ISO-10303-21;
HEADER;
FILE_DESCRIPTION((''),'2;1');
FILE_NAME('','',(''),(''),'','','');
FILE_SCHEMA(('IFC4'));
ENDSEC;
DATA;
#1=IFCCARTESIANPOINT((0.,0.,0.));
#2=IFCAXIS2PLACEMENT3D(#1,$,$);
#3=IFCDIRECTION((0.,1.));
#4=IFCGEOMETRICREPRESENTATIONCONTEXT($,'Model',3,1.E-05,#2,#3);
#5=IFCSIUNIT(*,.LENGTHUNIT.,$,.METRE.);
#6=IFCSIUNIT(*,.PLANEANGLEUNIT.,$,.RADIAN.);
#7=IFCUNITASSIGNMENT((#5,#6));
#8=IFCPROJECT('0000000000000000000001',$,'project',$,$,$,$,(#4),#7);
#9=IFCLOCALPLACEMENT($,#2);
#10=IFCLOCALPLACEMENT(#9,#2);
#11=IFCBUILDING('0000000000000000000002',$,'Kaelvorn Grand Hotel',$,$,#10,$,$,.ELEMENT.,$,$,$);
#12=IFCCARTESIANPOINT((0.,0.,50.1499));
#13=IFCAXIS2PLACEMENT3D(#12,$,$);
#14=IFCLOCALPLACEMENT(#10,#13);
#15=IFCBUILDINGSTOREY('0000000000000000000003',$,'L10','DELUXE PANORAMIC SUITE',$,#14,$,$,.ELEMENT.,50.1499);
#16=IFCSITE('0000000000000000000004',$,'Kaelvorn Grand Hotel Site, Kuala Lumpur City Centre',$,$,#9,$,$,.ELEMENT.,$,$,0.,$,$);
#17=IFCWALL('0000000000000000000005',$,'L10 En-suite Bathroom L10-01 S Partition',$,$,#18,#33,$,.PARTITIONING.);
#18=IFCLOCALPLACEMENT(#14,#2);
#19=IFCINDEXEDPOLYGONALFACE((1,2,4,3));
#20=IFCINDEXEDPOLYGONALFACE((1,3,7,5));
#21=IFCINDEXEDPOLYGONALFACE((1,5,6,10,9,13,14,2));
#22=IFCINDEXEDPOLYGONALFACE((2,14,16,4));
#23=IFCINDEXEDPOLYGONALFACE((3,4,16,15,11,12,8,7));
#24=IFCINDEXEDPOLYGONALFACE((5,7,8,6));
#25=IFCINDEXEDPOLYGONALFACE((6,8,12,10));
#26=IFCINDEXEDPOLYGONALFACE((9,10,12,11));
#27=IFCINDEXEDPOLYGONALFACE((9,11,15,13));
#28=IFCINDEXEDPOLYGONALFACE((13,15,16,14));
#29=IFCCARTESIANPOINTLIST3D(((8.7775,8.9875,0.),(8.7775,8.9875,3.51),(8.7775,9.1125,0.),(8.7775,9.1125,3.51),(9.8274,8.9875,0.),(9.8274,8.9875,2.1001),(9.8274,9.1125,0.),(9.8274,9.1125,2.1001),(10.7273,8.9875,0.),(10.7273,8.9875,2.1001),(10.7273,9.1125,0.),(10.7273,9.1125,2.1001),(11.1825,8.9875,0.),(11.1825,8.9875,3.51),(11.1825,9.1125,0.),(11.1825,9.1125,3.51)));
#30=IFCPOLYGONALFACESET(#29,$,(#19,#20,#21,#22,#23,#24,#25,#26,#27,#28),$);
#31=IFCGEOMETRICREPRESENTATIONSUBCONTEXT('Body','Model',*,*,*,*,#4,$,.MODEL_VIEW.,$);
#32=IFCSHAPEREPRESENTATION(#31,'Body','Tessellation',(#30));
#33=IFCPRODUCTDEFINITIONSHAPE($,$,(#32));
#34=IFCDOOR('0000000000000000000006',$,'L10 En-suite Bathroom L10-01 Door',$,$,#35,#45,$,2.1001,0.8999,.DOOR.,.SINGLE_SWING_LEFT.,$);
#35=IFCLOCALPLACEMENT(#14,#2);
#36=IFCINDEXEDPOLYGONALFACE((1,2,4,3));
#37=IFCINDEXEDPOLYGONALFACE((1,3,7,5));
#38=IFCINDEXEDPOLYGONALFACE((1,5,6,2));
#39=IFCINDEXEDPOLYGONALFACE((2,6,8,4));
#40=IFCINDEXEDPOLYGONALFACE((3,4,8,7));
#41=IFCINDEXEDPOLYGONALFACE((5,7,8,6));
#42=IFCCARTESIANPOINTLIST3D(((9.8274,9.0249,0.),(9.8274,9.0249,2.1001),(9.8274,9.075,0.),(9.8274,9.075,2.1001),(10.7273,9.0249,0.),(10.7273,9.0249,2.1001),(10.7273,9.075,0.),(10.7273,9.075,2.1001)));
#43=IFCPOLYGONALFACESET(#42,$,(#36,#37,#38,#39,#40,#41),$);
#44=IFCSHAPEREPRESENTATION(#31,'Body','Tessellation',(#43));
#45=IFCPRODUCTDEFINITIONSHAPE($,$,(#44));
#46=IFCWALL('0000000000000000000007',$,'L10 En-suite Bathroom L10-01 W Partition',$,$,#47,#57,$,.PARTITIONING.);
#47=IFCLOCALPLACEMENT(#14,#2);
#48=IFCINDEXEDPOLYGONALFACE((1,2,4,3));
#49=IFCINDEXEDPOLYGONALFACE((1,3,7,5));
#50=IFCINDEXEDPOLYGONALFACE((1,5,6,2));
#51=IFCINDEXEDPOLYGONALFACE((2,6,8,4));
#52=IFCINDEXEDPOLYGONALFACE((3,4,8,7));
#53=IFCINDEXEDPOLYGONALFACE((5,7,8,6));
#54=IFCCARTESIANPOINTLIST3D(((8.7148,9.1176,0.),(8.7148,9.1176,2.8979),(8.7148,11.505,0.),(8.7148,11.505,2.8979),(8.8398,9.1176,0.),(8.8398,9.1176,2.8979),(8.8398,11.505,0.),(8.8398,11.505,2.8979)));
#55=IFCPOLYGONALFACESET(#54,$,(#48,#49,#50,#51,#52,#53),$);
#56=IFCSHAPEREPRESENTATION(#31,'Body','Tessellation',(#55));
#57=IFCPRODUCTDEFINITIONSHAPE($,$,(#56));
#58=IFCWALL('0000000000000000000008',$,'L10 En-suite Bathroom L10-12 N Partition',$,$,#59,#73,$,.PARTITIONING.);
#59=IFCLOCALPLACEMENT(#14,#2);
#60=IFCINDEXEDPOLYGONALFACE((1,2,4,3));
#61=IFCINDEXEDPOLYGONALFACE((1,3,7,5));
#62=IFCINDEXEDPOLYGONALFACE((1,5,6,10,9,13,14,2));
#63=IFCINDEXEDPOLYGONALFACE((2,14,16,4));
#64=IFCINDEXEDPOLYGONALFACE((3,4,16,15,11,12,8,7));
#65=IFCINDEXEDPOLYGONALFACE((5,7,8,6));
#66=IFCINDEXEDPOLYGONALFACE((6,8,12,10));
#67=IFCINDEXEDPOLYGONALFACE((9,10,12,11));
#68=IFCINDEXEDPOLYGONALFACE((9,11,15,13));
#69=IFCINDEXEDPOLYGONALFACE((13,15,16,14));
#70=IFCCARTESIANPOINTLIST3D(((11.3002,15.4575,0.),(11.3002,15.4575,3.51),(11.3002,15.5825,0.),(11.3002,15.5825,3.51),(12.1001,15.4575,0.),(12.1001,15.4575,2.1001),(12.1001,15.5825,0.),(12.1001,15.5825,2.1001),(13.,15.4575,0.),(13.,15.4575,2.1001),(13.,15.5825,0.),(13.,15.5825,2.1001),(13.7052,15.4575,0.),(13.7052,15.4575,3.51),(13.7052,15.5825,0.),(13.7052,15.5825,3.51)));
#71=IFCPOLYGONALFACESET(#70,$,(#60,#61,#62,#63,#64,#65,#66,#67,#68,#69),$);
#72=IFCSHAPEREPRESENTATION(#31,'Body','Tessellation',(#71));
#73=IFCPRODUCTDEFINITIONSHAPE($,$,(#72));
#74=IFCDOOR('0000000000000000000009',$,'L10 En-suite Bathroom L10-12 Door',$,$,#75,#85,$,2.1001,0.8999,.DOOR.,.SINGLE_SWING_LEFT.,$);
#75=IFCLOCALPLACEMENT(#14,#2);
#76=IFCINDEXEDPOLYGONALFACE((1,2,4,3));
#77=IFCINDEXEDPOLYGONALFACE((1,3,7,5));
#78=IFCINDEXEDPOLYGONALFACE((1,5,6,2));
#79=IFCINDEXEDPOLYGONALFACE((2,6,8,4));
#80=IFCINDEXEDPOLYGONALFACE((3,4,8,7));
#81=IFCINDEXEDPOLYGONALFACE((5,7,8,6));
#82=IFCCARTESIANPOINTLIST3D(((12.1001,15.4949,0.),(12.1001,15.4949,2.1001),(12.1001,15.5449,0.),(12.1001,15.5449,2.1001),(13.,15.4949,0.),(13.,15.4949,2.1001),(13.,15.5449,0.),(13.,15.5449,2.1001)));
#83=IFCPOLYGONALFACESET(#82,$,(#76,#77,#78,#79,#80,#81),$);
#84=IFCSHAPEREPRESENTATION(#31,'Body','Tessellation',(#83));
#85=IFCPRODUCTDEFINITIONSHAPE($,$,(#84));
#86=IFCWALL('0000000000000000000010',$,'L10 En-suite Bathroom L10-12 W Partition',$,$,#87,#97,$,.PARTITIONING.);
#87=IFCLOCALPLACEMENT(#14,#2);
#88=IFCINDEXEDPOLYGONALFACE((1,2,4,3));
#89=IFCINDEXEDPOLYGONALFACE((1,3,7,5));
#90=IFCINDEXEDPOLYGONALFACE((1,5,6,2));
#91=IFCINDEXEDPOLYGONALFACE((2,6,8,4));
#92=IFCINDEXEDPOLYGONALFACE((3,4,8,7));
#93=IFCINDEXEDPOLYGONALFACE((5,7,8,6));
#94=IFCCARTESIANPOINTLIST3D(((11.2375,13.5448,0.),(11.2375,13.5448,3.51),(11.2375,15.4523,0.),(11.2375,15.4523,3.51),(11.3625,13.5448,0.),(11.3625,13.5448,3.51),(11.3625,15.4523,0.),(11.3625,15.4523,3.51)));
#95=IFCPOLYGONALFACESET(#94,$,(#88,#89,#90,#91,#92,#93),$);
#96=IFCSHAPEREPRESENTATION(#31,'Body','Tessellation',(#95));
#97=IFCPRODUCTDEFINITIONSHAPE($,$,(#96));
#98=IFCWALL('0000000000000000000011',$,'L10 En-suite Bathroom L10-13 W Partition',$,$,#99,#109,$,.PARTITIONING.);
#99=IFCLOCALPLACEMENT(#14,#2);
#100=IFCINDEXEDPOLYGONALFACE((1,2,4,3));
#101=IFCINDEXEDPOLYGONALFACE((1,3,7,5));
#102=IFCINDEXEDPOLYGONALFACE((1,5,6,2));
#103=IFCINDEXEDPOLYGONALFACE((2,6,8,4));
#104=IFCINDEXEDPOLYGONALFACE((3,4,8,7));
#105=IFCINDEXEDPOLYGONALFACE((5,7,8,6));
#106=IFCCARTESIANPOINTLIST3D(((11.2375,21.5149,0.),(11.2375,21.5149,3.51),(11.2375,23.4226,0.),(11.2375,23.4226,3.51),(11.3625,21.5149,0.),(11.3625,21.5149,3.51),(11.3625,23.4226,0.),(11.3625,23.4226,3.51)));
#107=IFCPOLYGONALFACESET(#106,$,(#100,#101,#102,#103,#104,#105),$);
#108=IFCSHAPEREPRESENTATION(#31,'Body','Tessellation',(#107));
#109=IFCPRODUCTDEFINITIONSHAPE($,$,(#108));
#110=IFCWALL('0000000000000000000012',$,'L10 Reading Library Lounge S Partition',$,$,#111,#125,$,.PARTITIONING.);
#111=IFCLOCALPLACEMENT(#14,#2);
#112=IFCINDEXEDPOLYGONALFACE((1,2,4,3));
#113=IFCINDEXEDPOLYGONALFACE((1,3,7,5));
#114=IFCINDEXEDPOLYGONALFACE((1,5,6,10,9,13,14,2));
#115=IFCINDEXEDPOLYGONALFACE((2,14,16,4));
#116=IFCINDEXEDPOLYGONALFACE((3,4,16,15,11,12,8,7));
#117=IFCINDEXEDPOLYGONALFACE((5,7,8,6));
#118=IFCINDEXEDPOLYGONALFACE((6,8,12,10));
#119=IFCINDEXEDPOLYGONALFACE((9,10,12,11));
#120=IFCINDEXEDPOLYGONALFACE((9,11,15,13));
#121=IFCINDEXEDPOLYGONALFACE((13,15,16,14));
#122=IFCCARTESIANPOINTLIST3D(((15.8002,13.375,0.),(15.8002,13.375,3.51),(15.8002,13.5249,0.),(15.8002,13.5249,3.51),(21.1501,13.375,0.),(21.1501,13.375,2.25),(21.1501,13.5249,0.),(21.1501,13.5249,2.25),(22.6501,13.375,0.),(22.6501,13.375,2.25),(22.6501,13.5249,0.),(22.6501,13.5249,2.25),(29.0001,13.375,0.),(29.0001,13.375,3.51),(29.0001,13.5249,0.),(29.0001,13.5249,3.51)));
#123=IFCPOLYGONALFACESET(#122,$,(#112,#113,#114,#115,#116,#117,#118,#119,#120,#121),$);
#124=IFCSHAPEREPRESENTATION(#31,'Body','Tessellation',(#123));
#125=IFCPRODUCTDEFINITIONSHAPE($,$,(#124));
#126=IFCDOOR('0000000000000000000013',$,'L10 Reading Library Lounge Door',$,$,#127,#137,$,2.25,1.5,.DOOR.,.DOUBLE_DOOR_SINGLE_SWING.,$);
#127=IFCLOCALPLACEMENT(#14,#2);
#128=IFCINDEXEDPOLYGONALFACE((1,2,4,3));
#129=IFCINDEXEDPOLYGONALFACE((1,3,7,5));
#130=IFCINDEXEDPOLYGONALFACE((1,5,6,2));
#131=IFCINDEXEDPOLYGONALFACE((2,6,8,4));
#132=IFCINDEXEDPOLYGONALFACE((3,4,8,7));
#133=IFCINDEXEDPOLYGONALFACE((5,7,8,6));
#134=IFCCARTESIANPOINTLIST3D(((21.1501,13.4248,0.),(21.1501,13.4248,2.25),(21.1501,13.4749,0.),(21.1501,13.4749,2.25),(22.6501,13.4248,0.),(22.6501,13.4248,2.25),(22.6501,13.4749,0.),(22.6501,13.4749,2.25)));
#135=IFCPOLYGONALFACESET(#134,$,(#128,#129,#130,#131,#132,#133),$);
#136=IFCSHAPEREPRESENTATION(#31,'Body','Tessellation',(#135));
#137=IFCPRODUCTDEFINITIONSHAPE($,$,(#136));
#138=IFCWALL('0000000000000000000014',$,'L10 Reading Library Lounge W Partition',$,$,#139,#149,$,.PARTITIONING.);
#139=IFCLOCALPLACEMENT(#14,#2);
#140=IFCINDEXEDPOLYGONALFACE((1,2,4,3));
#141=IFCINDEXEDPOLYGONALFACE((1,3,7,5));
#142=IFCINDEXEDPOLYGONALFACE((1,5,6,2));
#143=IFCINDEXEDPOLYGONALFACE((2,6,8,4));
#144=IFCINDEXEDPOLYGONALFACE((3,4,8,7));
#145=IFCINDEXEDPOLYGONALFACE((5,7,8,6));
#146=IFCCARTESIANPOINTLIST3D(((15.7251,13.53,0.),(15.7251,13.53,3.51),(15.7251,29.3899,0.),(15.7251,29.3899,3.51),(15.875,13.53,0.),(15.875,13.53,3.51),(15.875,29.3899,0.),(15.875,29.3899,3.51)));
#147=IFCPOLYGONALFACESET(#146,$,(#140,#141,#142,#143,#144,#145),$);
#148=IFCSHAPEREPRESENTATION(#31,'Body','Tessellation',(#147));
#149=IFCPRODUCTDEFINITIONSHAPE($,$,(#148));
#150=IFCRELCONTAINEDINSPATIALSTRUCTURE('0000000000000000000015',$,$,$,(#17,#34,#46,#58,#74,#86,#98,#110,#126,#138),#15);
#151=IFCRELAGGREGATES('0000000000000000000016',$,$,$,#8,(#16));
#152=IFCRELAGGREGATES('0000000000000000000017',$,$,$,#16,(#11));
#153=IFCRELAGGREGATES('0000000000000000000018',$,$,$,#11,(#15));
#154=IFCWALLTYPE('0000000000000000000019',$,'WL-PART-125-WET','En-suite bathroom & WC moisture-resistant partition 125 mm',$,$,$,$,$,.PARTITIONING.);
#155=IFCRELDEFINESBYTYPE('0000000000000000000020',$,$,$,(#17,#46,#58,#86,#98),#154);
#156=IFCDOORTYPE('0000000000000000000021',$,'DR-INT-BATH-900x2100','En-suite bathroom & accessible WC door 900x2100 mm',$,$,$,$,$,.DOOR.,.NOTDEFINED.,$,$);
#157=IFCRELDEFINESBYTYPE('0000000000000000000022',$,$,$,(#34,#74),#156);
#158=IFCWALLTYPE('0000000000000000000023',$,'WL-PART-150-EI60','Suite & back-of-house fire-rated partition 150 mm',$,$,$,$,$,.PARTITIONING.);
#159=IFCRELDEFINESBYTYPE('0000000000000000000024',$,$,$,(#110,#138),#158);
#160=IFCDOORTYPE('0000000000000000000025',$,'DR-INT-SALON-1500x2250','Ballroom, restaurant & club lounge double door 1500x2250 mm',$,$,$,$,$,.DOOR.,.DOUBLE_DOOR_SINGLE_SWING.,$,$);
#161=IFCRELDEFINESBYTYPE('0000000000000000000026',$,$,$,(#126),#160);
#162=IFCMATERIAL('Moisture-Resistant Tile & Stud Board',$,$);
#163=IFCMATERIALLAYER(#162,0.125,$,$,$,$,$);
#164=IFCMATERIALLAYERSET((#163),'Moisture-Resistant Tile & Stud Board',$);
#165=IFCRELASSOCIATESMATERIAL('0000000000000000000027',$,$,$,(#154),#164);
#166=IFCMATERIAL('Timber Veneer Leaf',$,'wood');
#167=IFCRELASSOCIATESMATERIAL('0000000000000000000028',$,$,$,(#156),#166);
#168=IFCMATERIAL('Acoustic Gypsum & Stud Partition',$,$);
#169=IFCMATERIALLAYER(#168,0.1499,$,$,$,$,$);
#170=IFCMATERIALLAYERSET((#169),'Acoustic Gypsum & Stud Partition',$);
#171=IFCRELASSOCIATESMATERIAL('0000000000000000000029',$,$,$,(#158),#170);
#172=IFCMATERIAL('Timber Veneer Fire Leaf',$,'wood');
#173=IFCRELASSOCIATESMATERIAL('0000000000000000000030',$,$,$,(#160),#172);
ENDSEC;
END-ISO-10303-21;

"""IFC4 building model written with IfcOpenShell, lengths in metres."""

from ifc_helpers import new_model, si_unit, direction, frame, frame_2d, origin, place, context, subcontext, project, spatial, rectangle, extrude, material, layer, layer_set, type_object, element, fill, save


model = new_model("IFC4")

# Units and contexts
model_context = context("Model", 3, precision=1e-05, world=origin(), true_north=direction((0.0, 1.0)))
body_context = subcontext(model_context, "Body", "Model", "MODEL_VIEW")
ifc_project = project(units=[si_unit("LENGTHUNIT", "METRE"), si_unit("PLANEANGLEUNIT", "RADIAN")], contexts=[model_context])

# Site, building, storey
site_placement = place(None, origin())
site = spatial("IfcSite", under=ifc_project, at=site_placement, Name="Kaelvorn Grand Hotel Site, Kuala Lumpur City Centre", CompositionType="ELEMENT", RefElevation=0.0)
building_placement = place(site_placement, origin())
building = spatial("IfcBuilding", under=site, at=building_placement, Name="Kaelvorn Grand Hotel", CompositionType="ELEMENT")
storey_placement = place(building_placement, frame((0.0, 0.0, 50.1499)))
storey = spatial("IfcBuildingStorey", under=building, at=storey_placement, Name="L10", Description="DELUXE PANORAMIC SUITE", CompositionType="ELEMENT", Elevation=50.1499)

# Wall, opening, door
ifc_material_1 = material(Name="Moisture-Resistant Tile & Stud Board")
ifc_layer_1 = layer(ifc_material_1, 0.125)
ifc_layer_set_1 = layer_set([ifc_layer_1], Name="Moisture-Resistant Tile & Stud Board")
wall_type_1 = type_object("IfcWallType", Name="WL-PART-125-WET", Description="En-suite bathroom & WC moisture-resistant partition 125 mm", PredefinedType="PARTITIONING", material=ifc_layer_set_1)
wall_1_placement = place(storey_placement, frame((8.7773, 9.05, 0.0), z_axis=(0.0, 0.0, 1.0), x_axis=(1.0, 0.0, 0.0)))
wall_1 = element("IfcWall", 1, at=wall_1_placement, inside=storey, type_object=wall_type_1, Name="L10 En-suite Bathroom L10-01 S Partition", PredefinedType="PARTITIONING", context=body_context, shape_type="SweptSolid", body=[
    extrude(rectangle(XDim=2.405, YDim=0.125, at=frame_2d((1.2026, 0.0))), origin(), (0.0, 0.0, 1.0), 3.51),
])
opening_1_placement = place(wall_1_placement, frame((1.05, 0.0, 0.0)))
opening_1 = element("IfcOpeningElement", 2, at=opening_1_placement, cuts=wall_1, PredefinedType="OPENING", context=body_context, shape_type="SweptSolid", body=[
    extrude(rectangle(XDim=0.8999, YDim=2.1001, at=frame_2d((0.45, 1.05))), frame((0.0, 0.0725, 0.0), z_axis=(0.0, -1.0, 0.0), x_axis=(1.0, 0.0, 0.0)), (0.0, 0.0, 1.0), 0.145),
])
ifc_material_2 = material(Name="Timber Veneer Leaf", Category="wood")
door_type_1 = type_object("IfcDoorType", Name="DR-INT-BATH-900x2100", Description="En-suite bathroom & accessible WC door 900x2100 mm", OperationType="NOTDEFINED", PredefinedType="DOOR", material=ifc_material_2)
door_1_placement = place(opening_1_placement, origin())
door_1 = element("IfcDoor", 3, at=door_1_placement, inside=storey, type_object=door_type_1, Name="L10 En-suite Bathroom L10-01 Door", OperationType="SINGLE_SWING_LEFT", OverallHeight=2.1001, OverallWidth=0.8999, PredefinedType="DOOR", context=body_context, shape_type="SweptSolid", body=[
    extrude(rectangle(XDim=0.8999, YDim=2.1001, at=frame_2d((0.45, 1.05))), frame((0.0, 0.0249, 0.0), z_axis=(0.0, -1.0, 0.0), x_axis=(1.0, 0.0, 0.0)), (0.0, 0.0, 1.0), 0.05),
])
fill(opening_1, door_1)

# Wall
wall_2_placement = place(storey_placement, frame((8.7773, 9.1174, 0.0), z_axis=(0.0, 0.0, 1.0), x_axis=(0.0, 1.0, 0.0)))
element("IfcWall", 4, at=wall_2_placement, inside=storey, type_object=wall_type_1, Name="L10 En-suite Bathroom L10-01 W Partition", PredefinedType="PARTITIONING", context=body_context, shape_type="SweptSolid", body=[
    extrude(rectangle(XDim=2.3875, YDim=0.125, at=frame_2d((1.1938, 0.0))), origin(), (0.0, 0.0, 1.0), 2.8979),
])

# Wall, opening, door
wall_3_placement = place(storey_placement, frame((11.3, 15.52, 0.0), z_axis=(0.0, 0.0, 1.0), x_axis=(1.0, 0.0, 0.0)))
wall_3 = element("IfcWall", 5, at=wall_3_placement, inside=storey, type_object=wall_type_1, Name="L10 En-suite Bathroom L10-12 N Partition", PredefinedType="PARTITIONING", context=body_context, shape_type="SweptSolid", body=[
    extrude(rectangle(XDim=2.405, YDim=0.125, at=frame_2d((1.2026, 0.0))), origin(), (0.0, 0.0, 1.0), 3.51),
])
opening_2_placement = place(wall_3_placement, frame((0.8, 0.0, 0.0)))
opening_2 = element("IfcOpeningElement", 6, at=opening_2_placement, cuts=wall_3, PredefinedType="OPENING", context=body_context, shape_type="SweptSolid", body=[
    extrude(rectangle(XDim=0.8999, YDim=2.1001, at=frame_2d((0.45, 1.05))), frame((0.0, 0.0725, 0.0), z_axis=(0.0, -1.0, 0.0), x_axis=(1.0, 0.0, 0.0)), (0.0, 0.0, 1.0), 0.145),
])
door_2_placement = place(opening_2_placement, origin())
door_2 = element("IfcDoor", 7, at=door_2_placement, inside=storey, type_object=door_type_1, Name="L10 En-suite Bathroom L10-12 Door", OperationType="SINGLE_SWING_LEFT", OverallHeight=2.1001, OverallWidth=0.8999, PredefinedType="DOOR", context=body_context, shape_type="SweptSolid", body=[
    extrude(rectangle(XDim=0.8999, YDim=2.1001, at=frame_2d((0.45, 1.05))), frame((0.0, 0.0249, 0.0), z_axis=(0.0, -1.0, 0.0), x_axis=(1.0, 0.0, 0.0)), (0.0, 0.0, 1.0), 0.05),
])
fill(opening_2, door_2)

# Walls
wall_4_placement = place(storey_placement, frame((11.3, 13.5449, 0.0), z_axis=(0.0, 0.0, 1.0), x_axis=(0.0, 1.0, 0.0)))
element("IfcWall", 8, at=wall_4_placement, inside=storey, type_object=wall_type_1, Name="L10 En-suite Bathroom L10-12 W Partition", PredefinedType="PARTITIONING", context=body_context, shape_type="SweptSolid", body=[
    extrude(rectangle(XDim=1.9075, YDim=0.125, at=frame_2d((0.9536, 0.0))), origin(), (0.0, 0.0, 1.0), 3.51),
])
wall_5_placement = place(storey_placement, frame((11.3, 21.5149, 0.0), z_axis=(0.0, 0.0, 1.0), x_axis=(0.0, 1.0, 0.0)))
element("IfcWall", 9, at=wall_5_placement, inside=storey, type_object=wall_type_1, Name="L10 En-suite Bathroom L10-13 W Partition", PredefinedType="PARTITIONING", context=body_context, shape_type="SweptSolid", body=[
    extrude(rectangle(XDim=1.9077, YDim=0.125, at=frame_2d((0.9539, 0.0))), origin(), (0.0, 0.0, 1.0), 3.51),
])

# Wall, opening, door
ifc_material_3 = material(Name="Acoustic Gypsum & Stud Partition")
ifc_layer_2 = layer(ifc_material_3, 0.1499)
ifc_layer_set_2 = layer_set([ifc_layer_2], Name="Acoustic Gypsum & Stud Partition")
wall_type_2 = type_object("IfcWallType", Name="WL-PART-150-EI60", Description="Suite & back-of-house fire-rated partition 150 mm", PredefinedType="PARTITIONING", material=ifc_layer_set_2)
wall_6_placement = place(storey_placement, frame((15.8, 13.45, 0.0), z_axis=(0.0, 0.0, 1.0), x_axis=(1.0, 0.0, 0.0)))
wall_6 = element("IfcWall", 10, at=wall_6_placement, inside=storey, type_object=wall_type_2, Name="L10 Reading Library Lounge S Partition", PredefinedType="PARTITIONING", context=body_context, shape_type="SweptSolid", body=[
    extrude(rectangle(XDim=13.2, YDim=0.1499, at=frame_2d((6.6001, 0.0))), origin(), (0.0, 0.0, 1.0), 3.51),
])
opening_3_placement = place(wall_6_placement, frame((5.3501, 0.0, 0.0)))
opening_3 = element("IfcOpeningElement", 11, at=opening_3_placement, cuts=wall_6, PredefinedType="OPENING", context=body_context, shape_type="SweptSolid", body=[
    extrude(rectangle(XDim=1.5, YDim=2.25, at=frame_2d((0.75, 1.125))), frame((0.0, 0.085, 0.0), z_axis=(0.0, -1.0, 0.0), x_axis=(1.0, 0.0, 0.0)), (0.0, 0.0, 1.0), 0.1699),
])
ifc_material_4 = material(Name="Timber Veneer Fire Leaf", Category="wood")
door_type_2 = type_object("IfcDoorType", Name="DR-INT-SALON-1500x2250", Description="Ballroom, restaurant & club lounge double door 1500x2250 mm", OperationType="DOUBLE_DOOR_SINGLE_SWING", PredefinedType="DOOR", material=ifc_material_4)
door_3_placement = place(opening_3_placement, origin())
door_3 = element("IfcDoor", 12, at=door_3_placement, inside=storey, type_object=door_type_2, Name="L10 Reading Library Lounge Door", OperationType="DOUBLE_DOOR_SINGLE_SWING", OverallHeight=2.25, OverallWidth=1.5, PredefinedType="DOOR", context=body_context, shape_type="SweptSolid", body=[
    extrude(rectangle(XDim=1.5, YDim=2.25, at=frame_2d((0.75, 1.125))), frame((0.0, 0.0249, 0.0), z_axis=(0.0, -1.0, 0.0), x_axis=(1.0, 0.0, 0.0)), (0.0, 0.0, 1.0), 0.05),
])
fill(opening_3, door_3)

# Wall
wall_7_placement = place(storey_placement, frame((15.8, 13.53, 0.0), z_axis=(0.0, 0.0, 1.0), x_axis=(0.0, 1.0, 0.0)))
element("IfcWall", 13, at=wall_7_placement, inside=storey, type_object=wall_type_2, Name="L10 Reading Library Lounge W Partition", PredefinedType="PARTITIONING", context=body_context, shape_type="SweptSolid", body=[
    extrude(rectangle(XDim=15.8599, YDim=0.1499, at=frame_2d((7.9299, 0.0))), origin(), (0.0, 0.0, 1.0), 3.51),
])

save(model, "model.ifc")
